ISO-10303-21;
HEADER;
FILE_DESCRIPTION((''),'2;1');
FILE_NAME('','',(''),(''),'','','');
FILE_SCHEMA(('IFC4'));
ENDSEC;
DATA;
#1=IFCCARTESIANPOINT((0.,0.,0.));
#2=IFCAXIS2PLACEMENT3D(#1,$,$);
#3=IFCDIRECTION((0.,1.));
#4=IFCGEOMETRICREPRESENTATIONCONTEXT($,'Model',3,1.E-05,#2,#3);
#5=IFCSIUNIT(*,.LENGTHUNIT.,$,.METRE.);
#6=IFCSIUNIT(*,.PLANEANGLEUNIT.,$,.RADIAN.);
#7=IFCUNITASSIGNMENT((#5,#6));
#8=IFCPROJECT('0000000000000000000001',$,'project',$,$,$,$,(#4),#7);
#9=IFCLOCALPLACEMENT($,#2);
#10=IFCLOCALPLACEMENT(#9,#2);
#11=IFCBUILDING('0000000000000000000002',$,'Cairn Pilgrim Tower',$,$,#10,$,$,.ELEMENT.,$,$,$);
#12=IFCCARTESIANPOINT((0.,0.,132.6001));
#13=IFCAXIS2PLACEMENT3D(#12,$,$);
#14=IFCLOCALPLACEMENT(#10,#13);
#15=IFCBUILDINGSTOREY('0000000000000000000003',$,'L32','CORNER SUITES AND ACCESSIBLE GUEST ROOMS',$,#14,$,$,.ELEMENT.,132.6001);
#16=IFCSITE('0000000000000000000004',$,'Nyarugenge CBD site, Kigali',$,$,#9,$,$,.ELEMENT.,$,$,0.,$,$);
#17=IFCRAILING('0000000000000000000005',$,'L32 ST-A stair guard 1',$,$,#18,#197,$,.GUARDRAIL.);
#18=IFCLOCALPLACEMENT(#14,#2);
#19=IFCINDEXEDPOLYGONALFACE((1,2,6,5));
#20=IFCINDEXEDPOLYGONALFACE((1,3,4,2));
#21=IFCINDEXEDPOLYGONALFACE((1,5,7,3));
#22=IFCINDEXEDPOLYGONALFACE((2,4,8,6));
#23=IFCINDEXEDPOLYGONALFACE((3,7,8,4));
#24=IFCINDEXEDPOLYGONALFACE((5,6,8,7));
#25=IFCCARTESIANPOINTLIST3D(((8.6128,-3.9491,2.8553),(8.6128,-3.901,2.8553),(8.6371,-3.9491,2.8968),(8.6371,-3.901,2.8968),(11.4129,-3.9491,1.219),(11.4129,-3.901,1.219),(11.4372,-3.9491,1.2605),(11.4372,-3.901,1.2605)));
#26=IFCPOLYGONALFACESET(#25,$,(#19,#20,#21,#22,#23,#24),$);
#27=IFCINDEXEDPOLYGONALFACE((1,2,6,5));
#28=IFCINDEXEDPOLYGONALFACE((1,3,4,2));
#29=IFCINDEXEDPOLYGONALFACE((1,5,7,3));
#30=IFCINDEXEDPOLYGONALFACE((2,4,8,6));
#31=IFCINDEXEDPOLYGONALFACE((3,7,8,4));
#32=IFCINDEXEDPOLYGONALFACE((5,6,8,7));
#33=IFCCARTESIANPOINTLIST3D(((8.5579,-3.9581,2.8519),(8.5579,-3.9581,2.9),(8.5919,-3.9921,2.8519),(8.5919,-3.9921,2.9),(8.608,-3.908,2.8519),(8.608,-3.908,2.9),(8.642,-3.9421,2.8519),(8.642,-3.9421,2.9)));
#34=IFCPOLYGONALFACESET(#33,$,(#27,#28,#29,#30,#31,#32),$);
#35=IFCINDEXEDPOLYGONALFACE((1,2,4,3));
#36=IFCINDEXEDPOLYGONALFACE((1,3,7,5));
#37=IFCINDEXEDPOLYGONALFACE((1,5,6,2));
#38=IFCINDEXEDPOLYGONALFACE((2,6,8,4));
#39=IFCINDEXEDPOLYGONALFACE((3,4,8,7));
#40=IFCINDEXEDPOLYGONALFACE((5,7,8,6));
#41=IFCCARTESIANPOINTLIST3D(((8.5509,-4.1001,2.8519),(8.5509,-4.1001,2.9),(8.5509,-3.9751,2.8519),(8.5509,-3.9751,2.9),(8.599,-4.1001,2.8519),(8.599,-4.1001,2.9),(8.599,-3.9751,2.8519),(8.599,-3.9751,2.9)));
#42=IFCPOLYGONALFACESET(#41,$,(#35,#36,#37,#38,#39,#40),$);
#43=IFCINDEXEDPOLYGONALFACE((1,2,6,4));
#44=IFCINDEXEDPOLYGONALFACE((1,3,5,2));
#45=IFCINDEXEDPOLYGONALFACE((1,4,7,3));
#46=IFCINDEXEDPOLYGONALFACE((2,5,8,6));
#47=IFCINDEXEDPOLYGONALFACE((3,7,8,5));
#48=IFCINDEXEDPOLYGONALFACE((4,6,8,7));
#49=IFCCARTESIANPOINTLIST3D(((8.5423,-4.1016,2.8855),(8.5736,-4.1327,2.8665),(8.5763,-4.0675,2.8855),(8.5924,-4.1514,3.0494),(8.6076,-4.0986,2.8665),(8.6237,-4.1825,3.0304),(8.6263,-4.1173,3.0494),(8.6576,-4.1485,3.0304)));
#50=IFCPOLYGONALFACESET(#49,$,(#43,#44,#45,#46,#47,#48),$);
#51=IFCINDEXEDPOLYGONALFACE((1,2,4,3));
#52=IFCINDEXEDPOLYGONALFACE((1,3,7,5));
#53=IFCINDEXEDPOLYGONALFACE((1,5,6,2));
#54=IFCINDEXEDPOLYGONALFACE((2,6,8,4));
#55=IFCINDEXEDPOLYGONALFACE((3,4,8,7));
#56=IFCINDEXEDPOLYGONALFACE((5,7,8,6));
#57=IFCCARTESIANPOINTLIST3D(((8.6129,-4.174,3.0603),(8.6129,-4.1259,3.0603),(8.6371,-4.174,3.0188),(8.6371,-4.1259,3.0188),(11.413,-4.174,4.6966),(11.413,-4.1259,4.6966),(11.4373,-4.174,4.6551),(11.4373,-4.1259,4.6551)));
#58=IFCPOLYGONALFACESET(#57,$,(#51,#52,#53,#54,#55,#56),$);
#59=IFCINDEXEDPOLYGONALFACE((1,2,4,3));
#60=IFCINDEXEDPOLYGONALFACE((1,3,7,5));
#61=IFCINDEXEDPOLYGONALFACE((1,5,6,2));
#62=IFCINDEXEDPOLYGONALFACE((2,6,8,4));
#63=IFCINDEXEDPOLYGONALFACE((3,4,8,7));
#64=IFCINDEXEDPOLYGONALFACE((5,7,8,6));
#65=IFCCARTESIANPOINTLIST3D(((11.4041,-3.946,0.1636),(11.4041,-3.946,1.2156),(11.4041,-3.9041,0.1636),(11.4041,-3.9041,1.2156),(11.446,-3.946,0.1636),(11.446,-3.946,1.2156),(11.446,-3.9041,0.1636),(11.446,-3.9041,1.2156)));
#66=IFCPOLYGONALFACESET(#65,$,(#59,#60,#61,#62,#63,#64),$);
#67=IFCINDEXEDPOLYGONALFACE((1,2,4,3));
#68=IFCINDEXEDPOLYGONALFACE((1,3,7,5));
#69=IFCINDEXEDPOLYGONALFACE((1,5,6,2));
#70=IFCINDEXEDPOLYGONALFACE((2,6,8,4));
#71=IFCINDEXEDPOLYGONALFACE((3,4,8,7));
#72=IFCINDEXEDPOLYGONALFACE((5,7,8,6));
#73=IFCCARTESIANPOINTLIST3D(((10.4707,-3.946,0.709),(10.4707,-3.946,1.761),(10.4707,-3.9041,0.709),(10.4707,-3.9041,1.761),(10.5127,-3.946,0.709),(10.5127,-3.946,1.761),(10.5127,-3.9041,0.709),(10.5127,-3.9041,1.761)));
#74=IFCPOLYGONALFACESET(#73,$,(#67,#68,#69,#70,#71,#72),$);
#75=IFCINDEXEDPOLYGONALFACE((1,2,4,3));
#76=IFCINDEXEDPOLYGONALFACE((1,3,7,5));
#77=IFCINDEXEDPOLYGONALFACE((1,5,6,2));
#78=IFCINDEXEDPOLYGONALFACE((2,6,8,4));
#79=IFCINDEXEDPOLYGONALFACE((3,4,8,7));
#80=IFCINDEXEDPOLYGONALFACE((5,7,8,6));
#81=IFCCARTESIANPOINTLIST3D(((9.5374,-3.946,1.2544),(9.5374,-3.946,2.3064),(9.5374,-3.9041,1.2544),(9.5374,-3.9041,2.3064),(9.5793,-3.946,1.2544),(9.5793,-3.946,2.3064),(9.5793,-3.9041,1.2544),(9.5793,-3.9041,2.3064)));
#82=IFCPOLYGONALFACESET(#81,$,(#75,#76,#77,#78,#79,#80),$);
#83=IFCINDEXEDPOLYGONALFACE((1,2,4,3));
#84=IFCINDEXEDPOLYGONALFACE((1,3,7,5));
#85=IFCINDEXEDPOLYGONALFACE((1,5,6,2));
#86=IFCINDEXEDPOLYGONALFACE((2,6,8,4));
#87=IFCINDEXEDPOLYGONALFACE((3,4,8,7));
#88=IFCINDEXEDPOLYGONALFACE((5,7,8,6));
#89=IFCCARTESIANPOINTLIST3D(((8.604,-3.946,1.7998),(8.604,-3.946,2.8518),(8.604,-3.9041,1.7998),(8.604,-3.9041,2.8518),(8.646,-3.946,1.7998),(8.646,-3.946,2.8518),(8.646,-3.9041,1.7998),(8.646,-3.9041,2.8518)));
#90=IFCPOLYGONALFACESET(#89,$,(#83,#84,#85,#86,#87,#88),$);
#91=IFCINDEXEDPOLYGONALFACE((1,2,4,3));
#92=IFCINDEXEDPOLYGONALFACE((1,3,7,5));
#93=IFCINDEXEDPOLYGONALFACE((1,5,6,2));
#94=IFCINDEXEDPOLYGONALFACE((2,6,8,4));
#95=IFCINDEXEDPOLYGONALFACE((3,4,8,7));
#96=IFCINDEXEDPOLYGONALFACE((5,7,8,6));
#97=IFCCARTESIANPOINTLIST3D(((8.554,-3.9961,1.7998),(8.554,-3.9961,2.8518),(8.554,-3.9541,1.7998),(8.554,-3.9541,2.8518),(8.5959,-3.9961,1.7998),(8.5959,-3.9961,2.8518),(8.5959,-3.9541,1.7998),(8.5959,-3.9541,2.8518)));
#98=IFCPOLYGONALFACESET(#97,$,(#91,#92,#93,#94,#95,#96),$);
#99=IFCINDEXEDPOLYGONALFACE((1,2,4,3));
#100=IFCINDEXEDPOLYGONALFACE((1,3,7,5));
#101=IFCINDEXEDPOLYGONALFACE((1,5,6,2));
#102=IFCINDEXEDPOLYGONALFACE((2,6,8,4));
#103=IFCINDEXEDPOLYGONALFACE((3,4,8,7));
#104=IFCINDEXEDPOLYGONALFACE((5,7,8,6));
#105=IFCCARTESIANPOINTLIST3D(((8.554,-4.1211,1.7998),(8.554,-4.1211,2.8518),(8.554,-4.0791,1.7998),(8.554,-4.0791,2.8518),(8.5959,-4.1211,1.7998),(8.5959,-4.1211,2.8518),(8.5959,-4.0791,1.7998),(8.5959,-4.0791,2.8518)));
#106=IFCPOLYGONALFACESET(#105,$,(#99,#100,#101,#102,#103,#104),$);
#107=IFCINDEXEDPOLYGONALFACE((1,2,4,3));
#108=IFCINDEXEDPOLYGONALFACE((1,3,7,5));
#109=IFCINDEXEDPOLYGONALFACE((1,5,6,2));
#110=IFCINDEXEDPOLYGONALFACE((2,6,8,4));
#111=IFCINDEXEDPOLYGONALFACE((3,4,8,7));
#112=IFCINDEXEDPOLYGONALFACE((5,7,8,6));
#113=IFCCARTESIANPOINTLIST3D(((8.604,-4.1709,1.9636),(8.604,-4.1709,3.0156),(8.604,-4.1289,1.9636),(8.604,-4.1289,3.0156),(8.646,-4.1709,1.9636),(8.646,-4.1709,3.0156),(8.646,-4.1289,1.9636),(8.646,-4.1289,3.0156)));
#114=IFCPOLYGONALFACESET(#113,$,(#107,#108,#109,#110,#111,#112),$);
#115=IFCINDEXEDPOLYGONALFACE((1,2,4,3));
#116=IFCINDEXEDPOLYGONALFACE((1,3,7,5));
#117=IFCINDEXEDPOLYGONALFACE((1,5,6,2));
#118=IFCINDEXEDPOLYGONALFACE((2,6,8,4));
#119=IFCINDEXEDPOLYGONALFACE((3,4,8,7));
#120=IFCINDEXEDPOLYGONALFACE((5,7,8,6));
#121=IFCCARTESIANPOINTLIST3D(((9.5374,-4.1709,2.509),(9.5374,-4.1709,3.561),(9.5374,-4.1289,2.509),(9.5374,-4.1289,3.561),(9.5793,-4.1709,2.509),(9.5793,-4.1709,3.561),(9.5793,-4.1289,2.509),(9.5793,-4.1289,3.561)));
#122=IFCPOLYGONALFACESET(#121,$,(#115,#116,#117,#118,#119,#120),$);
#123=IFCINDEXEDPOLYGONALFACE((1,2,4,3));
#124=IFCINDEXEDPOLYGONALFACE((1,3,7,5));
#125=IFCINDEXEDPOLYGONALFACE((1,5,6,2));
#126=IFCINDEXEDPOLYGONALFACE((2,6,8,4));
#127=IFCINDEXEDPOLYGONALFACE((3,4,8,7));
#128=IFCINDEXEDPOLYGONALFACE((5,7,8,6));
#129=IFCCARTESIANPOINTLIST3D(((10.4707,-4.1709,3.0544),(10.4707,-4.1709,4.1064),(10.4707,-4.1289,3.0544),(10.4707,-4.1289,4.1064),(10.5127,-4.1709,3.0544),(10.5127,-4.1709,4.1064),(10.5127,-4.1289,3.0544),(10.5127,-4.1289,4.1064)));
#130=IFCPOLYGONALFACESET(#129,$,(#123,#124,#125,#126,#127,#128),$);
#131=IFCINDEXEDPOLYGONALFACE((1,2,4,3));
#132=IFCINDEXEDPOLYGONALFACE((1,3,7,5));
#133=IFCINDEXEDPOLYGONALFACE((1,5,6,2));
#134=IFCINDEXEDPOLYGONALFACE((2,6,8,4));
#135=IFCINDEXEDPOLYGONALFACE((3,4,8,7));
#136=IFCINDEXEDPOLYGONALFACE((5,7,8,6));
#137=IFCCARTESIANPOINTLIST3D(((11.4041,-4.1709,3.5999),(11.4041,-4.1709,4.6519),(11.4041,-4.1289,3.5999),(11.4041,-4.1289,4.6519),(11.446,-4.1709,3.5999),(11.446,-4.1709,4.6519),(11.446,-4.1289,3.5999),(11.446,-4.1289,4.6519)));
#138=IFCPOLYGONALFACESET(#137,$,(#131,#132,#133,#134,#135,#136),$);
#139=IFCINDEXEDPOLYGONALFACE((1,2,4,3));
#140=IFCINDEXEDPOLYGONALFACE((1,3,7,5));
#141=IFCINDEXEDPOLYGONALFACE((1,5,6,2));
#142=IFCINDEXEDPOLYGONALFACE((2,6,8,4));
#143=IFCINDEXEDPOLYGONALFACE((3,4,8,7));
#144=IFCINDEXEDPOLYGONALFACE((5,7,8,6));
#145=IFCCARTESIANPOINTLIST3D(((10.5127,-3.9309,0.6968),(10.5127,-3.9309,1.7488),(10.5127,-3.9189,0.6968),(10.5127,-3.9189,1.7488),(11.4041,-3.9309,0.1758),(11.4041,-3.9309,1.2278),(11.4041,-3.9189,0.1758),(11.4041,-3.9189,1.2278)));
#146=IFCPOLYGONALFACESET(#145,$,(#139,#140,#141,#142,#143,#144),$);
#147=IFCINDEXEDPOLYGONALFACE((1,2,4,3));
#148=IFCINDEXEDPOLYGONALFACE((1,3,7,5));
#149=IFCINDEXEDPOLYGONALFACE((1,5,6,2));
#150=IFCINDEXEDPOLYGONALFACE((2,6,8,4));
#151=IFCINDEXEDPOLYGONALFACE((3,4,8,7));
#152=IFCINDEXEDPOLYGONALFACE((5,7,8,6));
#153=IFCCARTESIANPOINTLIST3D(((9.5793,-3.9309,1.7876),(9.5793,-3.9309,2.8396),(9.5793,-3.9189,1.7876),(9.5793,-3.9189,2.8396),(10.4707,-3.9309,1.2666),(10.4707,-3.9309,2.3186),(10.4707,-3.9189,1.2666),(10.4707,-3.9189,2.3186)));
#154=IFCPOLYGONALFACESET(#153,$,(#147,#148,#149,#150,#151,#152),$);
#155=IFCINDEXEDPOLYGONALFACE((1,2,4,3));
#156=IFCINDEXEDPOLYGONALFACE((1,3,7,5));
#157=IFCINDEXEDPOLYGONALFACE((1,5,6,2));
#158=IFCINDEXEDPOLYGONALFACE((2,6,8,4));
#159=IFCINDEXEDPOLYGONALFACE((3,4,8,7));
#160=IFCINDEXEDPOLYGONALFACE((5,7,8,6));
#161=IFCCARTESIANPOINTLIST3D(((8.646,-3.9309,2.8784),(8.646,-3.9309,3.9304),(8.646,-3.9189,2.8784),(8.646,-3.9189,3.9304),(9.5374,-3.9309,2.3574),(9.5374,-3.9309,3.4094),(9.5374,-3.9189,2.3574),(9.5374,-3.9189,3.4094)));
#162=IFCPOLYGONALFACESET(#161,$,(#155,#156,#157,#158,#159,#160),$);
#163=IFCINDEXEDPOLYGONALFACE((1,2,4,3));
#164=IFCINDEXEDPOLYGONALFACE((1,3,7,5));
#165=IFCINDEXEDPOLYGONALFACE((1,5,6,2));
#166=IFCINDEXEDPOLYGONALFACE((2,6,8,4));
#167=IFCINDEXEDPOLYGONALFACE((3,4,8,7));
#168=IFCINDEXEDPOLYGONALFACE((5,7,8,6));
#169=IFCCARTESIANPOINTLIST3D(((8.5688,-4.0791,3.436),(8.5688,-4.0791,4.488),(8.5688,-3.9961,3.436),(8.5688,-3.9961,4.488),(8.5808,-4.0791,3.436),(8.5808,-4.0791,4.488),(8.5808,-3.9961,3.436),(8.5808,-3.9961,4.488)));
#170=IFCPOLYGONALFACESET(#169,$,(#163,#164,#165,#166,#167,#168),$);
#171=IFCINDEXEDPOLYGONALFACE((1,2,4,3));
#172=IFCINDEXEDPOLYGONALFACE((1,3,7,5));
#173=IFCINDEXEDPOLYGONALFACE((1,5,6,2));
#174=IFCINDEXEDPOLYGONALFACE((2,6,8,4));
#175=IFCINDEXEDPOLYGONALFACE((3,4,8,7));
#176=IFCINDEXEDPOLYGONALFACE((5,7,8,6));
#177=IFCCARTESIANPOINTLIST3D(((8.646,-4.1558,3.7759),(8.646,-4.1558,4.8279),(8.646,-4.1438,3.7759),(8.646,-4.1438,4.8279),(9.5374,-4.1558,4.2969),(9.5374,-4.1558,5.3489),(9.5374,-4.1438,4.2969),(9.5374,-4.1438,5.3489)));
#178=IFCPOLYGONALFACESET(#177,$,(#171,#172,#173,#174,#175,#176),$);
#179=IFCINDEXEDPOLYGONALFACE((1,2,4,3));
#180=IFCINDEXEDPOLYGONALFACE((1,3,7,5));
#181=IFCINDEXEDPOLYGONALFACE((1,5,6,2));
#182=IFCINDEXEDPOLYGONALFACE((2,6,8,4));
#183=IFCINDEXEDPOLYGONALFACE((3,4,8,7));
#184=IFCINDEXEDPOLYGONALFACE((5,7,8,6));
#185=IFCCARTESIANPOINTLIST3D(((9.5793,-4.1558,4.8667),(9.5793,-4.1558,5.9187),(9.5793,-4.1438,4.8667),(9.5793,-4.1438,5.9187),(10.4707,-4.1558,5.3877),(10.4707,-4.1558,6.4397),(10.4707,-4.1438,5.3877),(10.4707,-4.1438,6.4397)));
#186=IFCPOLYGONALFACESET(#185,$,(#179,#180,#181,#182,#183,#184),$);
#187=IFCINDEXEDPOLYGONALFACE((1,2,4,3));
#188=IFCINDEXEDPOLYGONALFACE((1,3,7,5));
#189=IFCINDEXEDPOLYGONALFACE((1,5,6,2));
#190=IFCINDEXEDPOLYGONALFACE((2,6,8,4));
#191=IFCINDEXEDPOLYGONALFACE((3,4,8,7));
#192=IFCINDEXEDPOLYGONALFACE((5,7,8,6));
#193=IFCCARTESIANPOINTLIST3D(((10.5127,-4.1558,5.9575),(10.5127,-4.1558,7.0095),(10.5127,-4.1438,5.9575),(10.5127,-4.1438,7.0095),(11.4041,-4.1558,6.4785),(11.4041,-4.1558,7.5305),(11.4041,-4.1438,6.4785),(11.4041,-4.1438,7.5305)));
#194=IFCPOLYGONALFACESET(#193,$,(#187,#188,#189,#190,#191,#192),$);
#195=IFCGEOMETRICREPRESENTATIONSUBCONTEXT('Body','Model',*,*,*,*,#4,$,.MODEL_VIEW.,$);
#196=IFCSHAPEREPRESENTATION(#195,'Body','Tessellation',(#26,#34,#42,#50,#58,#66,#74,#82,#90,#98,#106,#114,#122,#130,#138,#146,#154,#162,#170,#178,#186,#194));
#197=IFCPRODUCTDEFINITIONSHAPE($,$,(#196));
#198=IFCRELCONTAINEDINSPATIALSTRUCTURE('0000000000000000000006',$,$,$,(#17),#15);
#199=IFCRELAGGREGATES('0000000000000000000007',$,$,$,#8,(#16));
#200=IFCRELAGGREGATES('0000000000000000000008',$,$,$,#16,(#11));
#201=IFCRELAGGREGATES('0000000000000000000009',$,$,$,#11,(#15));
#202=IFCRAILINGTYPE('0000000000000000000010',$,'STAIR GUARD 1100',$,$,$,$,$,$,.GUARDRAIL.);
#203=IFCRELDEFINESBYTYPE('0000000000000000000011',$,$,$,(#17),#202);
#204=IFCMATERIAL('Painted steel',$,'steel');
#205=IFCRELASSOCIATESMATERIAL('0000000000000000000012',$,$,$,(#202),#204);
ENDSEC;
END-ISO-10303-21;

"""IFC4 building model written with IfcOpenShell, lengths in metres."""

from ifc_helpers import new_model, si_unit, direction, frame, origin, origin_2d, place, context, subcontext, project, spatial, polyline, rectangle, outline, extrude, material, type_object, element, save


model = new_model("IFC4")

# Units and contexts
model_context = context("Model", 3, precision=1e-05, world=origin(), true_north=direction((0.0, 1.0)))
body_context = subcontext(model_context, "Body", "Model", "MODEL_VIEW")
ifc_project = project(units=[si_unit("LENGTHUNIT", "METRE"), si_unit("PLANEANGLEUNIT", "RADIAN")], contexts=[model_context])

# Site, building, storey
site_placement = place(None, origin())
site = spatial("IfcSite", under=ifc_project, at=site_placement, Name="Nyarugenge CBD site, Kigali", CompositionType="ELEMENT", RefElevation=0.0)
building_placement = place(site_placement, origin())
building = spatial("IfcBuilding", under=site, at=building_placement, Name="Cairn Pilgrim Tower", CompositionType="ELEMENT")
storey_placement = place(building_placement, frame((0.0, 0.0, 132.6001)))
storey = spatial("IfcBuildingStorey", under=building, at=storey_placement, Name="L32", Description="CORNER SUITES AND ACCESSIBLE GUEST ROOMS", CompositionType="ELEMENT", Elevation=132.6001)

# Shared definitions
ifc_material_1 = material(Name="Painted steel", Category="steel")

# Railing
railing_type_1 = type_object("IfcRailingType", Name="STAIR GUARD 1100", PredefinedType="GUARDRAIL", material=ifc_material_1)
railing_1_placement = place(storey_placement, frame((11.425, -3.925, 0.1636)))
element("IfcRailing", 1, at=railing_1_placement, inside=storey, type_object=railing_type_1, Name="L32 ST-A stair guard 1", PredefinedType="GUARDRAIL", context=body_context, shape_type="SweptSolid", body=[
    extrude(rectangle(XDim=0.0481, YDim=0.0481, at=origin_2d()), frame((0.0, 0.0, 1.0762), z_axis=(-0.863394, 0.0, 0.504531), x_axis=(0.0, -1.0, 0.0)), (0.0, 0.0, 1.0), 3.2432),
    extrude(rectangle(XDim=0.0481, YDim=0.0481, at=origin_2d()), frame((-2.8, 0.0, 2.7124), z_axis=(-0.707107, -0.707107, 0.0), x_axis=(0.707107, -0.707107, 0.0)), (0.0, 0.0, 1.0), 0.0708),
    extrude(rectangle(XDim=0.0481, YDim=0.0481, at=origin_2d()), frame((-2.8501, -0.05, 2.7124), z_axis=(0.0, -1.0, 0.0), x_axis=(1.0, 0.0, 0.0)), (0.0, 0.0, 1.0), 0.125),
    extrude(rectangle(XDim=0.0481, YDim=0.0481, at=origin_2d()), frame((-2.8501, -0.175, 2.7124), z_axis=(0.280564, -0.279195, 0.918332), x_axis=(0.705376, 0.708834, 0.0)), (0.0, 0.0, 1.0), 0.1785),
    extrude(rectangle(XDim=0.0481, YDim=0.0481, at=origin_2d()), frame((-2.8, -0.2249, 2.876), z_axis=(0.863394, 0.0, 0.504531), x_axis=(0.0, 1.0, 0.0)), (0.0, 0.0, 1.0), 3.2432),
    extrude(rectangle(XDim=0.042, YDim=0.042, at=origin_2d()), origin(), (0.0, 0.0, 1.0), 1.052),
    extrude(rectangle(XDim=0.042, YDim=0.042, at=origin_2d()), frame((-0.9333, 0.0, 0.5454)), (0.0, 0.0, 1.0), 1.052),
    extrude(rectangle(XDim=0.042, YDim=0.042, at=origin_2d()), frame((-1.8667, 0.0, 1.0908)), (0.0, 0.0, 1.0), 1.052),
    extrude(rectangle(XDim=0.042, YDim=0.042, at=origin_2d()), frame((-2.8, 0.0, 1.6362)), (0.0, 0.0, 1.0), 1.052),
    extrude(rectangle(XDim=0.042, YDim=0.042, at=origin_2d()), frame((-2.8501, -0.05, 1.6362)), (0.0, 0.0, 1.0), 1.052),
    extrude(rectangle(XDim=0.042, YDim=0.042, at=origin_2d()), frame((-2.8501, -0.175, 1.6362)), (0.0, 0.0, 1.0), 1.052),
    extrude(rectangle(XDim=0.042, YDim=0.042, at=origin_2d()), frame((-2.8, -0.2249, 1.8)), (0.0, 0.0, 1.0), 1.052),
    extrude(rectangle(XDim=0.042, YDim=0.042, at=origin_2d()), frame((-1.8667, -0.2249, 2.3455)), (0.0, 0.0, 1.0), 1.052),
    extrude(rectangle(XDim=0.042, YDim=0.042, at=origin_2d()), frame((-0.9333, -0.2249, 2.8909)), (0.0, 0.0, 1.0), 1.052),
    extrude(rectangle(XDim=0.042, YDim=0.042, at=origin_2d()), frame((0.0, -0.2249, 3.4363)), (0.0, 0.0, 1.0), 1.052),
    extrude(outline(polyline([(0.021, 0.0122), (0.9124, 0.5332), (0.9124, 1.5852), (0.021, 1.0642), (0.021, 0.0122)])), frame((0.0, -0.0059, 0.0), z_axis=(0.0, 1.0, 0.0), x_axis=(-1.0, 0.0, 0.0)), (0.0, 0.0, 1.0), 0.012),
    extrude(outline(polyline([(0.021, 0.5576), (0.9124, 1.0786), (0.9124, 2.1306), (0.021, 1.6096), (0.021, 0.5576)])), frame((-0.9333, -0.0059, 0.5454), z_axis=(0.0, 1.0, 0.0), x_axis=(-1.0, 0.0, 0.0)), (0.0, 0.0, 1.0), 0.012),
    extrude(outline(polyline([(0.021, 1.103), (0.9124, 1.624), (0.9124, 2.676), (0.021, 2.155), (0.021, 1.103)])), frame((-1.8667, -0.0059, 1.0908), z_axis=(0.0, 1.0, 0.0), x_axis=(-1.0, 0.0, 0.0)), (0.0, 0.0, 1.0), 0.012),
    extrude(outline(polyline([(0.021, 1.6362), (0.104, 1.6362), (0.104, 2.6882), (0.021, 2.6882), (0.021, 1.6362)])), frame((-2.8442, -0.05, 1.6362), z_axis=(-1.0, 0.0, 0.0), x_axis=(0.0, -1.0, 0.0)), (0.0, 0.0, 1.0), 0.012),
    extrude(outline(polyline([(0.021, 1.8123), (0.9124, 2.3333), (0.9124, 3.3853), (0.021, 2.8643), (0.021, 1.8123)])), frame((-2.8, -0.2188, 1.8), z_axis=(0.0, -1.0, 0.0), x_axis=(1.0, 0.0, 0.0)), (0.0, 0.0, 1.0), 0.012),
    extrude(outline(polyline([(0.021, 2.3577), (0.9124, 2.8787), (0.9124, 3.9307), (0.021, 3.4097), (0.021, 2.3577)])), frame((-1.8667, -0.2188, 2.3455), z_axis=(0.0, -1.0, 0.0), x_axis=(1.0, 0.0, 0.0)), (0.0, 0.0, 1.0), 0.012),
    extrude(outline(polyline([(0.021, 2.9031), (0.9124, 3.4241), (0.9124, 4.4761), (0.021, 3.9551), (0.021, 2.9031)])), frame((-0.9333, -0.2188, 2.8909), z_axis=(0.0, -1.0, 0.0), x_axis=(1.0, 0.0, 0.0)), (0.0, 0.0, 1.0), 0.012),
])

save(model, "model.ifc")
